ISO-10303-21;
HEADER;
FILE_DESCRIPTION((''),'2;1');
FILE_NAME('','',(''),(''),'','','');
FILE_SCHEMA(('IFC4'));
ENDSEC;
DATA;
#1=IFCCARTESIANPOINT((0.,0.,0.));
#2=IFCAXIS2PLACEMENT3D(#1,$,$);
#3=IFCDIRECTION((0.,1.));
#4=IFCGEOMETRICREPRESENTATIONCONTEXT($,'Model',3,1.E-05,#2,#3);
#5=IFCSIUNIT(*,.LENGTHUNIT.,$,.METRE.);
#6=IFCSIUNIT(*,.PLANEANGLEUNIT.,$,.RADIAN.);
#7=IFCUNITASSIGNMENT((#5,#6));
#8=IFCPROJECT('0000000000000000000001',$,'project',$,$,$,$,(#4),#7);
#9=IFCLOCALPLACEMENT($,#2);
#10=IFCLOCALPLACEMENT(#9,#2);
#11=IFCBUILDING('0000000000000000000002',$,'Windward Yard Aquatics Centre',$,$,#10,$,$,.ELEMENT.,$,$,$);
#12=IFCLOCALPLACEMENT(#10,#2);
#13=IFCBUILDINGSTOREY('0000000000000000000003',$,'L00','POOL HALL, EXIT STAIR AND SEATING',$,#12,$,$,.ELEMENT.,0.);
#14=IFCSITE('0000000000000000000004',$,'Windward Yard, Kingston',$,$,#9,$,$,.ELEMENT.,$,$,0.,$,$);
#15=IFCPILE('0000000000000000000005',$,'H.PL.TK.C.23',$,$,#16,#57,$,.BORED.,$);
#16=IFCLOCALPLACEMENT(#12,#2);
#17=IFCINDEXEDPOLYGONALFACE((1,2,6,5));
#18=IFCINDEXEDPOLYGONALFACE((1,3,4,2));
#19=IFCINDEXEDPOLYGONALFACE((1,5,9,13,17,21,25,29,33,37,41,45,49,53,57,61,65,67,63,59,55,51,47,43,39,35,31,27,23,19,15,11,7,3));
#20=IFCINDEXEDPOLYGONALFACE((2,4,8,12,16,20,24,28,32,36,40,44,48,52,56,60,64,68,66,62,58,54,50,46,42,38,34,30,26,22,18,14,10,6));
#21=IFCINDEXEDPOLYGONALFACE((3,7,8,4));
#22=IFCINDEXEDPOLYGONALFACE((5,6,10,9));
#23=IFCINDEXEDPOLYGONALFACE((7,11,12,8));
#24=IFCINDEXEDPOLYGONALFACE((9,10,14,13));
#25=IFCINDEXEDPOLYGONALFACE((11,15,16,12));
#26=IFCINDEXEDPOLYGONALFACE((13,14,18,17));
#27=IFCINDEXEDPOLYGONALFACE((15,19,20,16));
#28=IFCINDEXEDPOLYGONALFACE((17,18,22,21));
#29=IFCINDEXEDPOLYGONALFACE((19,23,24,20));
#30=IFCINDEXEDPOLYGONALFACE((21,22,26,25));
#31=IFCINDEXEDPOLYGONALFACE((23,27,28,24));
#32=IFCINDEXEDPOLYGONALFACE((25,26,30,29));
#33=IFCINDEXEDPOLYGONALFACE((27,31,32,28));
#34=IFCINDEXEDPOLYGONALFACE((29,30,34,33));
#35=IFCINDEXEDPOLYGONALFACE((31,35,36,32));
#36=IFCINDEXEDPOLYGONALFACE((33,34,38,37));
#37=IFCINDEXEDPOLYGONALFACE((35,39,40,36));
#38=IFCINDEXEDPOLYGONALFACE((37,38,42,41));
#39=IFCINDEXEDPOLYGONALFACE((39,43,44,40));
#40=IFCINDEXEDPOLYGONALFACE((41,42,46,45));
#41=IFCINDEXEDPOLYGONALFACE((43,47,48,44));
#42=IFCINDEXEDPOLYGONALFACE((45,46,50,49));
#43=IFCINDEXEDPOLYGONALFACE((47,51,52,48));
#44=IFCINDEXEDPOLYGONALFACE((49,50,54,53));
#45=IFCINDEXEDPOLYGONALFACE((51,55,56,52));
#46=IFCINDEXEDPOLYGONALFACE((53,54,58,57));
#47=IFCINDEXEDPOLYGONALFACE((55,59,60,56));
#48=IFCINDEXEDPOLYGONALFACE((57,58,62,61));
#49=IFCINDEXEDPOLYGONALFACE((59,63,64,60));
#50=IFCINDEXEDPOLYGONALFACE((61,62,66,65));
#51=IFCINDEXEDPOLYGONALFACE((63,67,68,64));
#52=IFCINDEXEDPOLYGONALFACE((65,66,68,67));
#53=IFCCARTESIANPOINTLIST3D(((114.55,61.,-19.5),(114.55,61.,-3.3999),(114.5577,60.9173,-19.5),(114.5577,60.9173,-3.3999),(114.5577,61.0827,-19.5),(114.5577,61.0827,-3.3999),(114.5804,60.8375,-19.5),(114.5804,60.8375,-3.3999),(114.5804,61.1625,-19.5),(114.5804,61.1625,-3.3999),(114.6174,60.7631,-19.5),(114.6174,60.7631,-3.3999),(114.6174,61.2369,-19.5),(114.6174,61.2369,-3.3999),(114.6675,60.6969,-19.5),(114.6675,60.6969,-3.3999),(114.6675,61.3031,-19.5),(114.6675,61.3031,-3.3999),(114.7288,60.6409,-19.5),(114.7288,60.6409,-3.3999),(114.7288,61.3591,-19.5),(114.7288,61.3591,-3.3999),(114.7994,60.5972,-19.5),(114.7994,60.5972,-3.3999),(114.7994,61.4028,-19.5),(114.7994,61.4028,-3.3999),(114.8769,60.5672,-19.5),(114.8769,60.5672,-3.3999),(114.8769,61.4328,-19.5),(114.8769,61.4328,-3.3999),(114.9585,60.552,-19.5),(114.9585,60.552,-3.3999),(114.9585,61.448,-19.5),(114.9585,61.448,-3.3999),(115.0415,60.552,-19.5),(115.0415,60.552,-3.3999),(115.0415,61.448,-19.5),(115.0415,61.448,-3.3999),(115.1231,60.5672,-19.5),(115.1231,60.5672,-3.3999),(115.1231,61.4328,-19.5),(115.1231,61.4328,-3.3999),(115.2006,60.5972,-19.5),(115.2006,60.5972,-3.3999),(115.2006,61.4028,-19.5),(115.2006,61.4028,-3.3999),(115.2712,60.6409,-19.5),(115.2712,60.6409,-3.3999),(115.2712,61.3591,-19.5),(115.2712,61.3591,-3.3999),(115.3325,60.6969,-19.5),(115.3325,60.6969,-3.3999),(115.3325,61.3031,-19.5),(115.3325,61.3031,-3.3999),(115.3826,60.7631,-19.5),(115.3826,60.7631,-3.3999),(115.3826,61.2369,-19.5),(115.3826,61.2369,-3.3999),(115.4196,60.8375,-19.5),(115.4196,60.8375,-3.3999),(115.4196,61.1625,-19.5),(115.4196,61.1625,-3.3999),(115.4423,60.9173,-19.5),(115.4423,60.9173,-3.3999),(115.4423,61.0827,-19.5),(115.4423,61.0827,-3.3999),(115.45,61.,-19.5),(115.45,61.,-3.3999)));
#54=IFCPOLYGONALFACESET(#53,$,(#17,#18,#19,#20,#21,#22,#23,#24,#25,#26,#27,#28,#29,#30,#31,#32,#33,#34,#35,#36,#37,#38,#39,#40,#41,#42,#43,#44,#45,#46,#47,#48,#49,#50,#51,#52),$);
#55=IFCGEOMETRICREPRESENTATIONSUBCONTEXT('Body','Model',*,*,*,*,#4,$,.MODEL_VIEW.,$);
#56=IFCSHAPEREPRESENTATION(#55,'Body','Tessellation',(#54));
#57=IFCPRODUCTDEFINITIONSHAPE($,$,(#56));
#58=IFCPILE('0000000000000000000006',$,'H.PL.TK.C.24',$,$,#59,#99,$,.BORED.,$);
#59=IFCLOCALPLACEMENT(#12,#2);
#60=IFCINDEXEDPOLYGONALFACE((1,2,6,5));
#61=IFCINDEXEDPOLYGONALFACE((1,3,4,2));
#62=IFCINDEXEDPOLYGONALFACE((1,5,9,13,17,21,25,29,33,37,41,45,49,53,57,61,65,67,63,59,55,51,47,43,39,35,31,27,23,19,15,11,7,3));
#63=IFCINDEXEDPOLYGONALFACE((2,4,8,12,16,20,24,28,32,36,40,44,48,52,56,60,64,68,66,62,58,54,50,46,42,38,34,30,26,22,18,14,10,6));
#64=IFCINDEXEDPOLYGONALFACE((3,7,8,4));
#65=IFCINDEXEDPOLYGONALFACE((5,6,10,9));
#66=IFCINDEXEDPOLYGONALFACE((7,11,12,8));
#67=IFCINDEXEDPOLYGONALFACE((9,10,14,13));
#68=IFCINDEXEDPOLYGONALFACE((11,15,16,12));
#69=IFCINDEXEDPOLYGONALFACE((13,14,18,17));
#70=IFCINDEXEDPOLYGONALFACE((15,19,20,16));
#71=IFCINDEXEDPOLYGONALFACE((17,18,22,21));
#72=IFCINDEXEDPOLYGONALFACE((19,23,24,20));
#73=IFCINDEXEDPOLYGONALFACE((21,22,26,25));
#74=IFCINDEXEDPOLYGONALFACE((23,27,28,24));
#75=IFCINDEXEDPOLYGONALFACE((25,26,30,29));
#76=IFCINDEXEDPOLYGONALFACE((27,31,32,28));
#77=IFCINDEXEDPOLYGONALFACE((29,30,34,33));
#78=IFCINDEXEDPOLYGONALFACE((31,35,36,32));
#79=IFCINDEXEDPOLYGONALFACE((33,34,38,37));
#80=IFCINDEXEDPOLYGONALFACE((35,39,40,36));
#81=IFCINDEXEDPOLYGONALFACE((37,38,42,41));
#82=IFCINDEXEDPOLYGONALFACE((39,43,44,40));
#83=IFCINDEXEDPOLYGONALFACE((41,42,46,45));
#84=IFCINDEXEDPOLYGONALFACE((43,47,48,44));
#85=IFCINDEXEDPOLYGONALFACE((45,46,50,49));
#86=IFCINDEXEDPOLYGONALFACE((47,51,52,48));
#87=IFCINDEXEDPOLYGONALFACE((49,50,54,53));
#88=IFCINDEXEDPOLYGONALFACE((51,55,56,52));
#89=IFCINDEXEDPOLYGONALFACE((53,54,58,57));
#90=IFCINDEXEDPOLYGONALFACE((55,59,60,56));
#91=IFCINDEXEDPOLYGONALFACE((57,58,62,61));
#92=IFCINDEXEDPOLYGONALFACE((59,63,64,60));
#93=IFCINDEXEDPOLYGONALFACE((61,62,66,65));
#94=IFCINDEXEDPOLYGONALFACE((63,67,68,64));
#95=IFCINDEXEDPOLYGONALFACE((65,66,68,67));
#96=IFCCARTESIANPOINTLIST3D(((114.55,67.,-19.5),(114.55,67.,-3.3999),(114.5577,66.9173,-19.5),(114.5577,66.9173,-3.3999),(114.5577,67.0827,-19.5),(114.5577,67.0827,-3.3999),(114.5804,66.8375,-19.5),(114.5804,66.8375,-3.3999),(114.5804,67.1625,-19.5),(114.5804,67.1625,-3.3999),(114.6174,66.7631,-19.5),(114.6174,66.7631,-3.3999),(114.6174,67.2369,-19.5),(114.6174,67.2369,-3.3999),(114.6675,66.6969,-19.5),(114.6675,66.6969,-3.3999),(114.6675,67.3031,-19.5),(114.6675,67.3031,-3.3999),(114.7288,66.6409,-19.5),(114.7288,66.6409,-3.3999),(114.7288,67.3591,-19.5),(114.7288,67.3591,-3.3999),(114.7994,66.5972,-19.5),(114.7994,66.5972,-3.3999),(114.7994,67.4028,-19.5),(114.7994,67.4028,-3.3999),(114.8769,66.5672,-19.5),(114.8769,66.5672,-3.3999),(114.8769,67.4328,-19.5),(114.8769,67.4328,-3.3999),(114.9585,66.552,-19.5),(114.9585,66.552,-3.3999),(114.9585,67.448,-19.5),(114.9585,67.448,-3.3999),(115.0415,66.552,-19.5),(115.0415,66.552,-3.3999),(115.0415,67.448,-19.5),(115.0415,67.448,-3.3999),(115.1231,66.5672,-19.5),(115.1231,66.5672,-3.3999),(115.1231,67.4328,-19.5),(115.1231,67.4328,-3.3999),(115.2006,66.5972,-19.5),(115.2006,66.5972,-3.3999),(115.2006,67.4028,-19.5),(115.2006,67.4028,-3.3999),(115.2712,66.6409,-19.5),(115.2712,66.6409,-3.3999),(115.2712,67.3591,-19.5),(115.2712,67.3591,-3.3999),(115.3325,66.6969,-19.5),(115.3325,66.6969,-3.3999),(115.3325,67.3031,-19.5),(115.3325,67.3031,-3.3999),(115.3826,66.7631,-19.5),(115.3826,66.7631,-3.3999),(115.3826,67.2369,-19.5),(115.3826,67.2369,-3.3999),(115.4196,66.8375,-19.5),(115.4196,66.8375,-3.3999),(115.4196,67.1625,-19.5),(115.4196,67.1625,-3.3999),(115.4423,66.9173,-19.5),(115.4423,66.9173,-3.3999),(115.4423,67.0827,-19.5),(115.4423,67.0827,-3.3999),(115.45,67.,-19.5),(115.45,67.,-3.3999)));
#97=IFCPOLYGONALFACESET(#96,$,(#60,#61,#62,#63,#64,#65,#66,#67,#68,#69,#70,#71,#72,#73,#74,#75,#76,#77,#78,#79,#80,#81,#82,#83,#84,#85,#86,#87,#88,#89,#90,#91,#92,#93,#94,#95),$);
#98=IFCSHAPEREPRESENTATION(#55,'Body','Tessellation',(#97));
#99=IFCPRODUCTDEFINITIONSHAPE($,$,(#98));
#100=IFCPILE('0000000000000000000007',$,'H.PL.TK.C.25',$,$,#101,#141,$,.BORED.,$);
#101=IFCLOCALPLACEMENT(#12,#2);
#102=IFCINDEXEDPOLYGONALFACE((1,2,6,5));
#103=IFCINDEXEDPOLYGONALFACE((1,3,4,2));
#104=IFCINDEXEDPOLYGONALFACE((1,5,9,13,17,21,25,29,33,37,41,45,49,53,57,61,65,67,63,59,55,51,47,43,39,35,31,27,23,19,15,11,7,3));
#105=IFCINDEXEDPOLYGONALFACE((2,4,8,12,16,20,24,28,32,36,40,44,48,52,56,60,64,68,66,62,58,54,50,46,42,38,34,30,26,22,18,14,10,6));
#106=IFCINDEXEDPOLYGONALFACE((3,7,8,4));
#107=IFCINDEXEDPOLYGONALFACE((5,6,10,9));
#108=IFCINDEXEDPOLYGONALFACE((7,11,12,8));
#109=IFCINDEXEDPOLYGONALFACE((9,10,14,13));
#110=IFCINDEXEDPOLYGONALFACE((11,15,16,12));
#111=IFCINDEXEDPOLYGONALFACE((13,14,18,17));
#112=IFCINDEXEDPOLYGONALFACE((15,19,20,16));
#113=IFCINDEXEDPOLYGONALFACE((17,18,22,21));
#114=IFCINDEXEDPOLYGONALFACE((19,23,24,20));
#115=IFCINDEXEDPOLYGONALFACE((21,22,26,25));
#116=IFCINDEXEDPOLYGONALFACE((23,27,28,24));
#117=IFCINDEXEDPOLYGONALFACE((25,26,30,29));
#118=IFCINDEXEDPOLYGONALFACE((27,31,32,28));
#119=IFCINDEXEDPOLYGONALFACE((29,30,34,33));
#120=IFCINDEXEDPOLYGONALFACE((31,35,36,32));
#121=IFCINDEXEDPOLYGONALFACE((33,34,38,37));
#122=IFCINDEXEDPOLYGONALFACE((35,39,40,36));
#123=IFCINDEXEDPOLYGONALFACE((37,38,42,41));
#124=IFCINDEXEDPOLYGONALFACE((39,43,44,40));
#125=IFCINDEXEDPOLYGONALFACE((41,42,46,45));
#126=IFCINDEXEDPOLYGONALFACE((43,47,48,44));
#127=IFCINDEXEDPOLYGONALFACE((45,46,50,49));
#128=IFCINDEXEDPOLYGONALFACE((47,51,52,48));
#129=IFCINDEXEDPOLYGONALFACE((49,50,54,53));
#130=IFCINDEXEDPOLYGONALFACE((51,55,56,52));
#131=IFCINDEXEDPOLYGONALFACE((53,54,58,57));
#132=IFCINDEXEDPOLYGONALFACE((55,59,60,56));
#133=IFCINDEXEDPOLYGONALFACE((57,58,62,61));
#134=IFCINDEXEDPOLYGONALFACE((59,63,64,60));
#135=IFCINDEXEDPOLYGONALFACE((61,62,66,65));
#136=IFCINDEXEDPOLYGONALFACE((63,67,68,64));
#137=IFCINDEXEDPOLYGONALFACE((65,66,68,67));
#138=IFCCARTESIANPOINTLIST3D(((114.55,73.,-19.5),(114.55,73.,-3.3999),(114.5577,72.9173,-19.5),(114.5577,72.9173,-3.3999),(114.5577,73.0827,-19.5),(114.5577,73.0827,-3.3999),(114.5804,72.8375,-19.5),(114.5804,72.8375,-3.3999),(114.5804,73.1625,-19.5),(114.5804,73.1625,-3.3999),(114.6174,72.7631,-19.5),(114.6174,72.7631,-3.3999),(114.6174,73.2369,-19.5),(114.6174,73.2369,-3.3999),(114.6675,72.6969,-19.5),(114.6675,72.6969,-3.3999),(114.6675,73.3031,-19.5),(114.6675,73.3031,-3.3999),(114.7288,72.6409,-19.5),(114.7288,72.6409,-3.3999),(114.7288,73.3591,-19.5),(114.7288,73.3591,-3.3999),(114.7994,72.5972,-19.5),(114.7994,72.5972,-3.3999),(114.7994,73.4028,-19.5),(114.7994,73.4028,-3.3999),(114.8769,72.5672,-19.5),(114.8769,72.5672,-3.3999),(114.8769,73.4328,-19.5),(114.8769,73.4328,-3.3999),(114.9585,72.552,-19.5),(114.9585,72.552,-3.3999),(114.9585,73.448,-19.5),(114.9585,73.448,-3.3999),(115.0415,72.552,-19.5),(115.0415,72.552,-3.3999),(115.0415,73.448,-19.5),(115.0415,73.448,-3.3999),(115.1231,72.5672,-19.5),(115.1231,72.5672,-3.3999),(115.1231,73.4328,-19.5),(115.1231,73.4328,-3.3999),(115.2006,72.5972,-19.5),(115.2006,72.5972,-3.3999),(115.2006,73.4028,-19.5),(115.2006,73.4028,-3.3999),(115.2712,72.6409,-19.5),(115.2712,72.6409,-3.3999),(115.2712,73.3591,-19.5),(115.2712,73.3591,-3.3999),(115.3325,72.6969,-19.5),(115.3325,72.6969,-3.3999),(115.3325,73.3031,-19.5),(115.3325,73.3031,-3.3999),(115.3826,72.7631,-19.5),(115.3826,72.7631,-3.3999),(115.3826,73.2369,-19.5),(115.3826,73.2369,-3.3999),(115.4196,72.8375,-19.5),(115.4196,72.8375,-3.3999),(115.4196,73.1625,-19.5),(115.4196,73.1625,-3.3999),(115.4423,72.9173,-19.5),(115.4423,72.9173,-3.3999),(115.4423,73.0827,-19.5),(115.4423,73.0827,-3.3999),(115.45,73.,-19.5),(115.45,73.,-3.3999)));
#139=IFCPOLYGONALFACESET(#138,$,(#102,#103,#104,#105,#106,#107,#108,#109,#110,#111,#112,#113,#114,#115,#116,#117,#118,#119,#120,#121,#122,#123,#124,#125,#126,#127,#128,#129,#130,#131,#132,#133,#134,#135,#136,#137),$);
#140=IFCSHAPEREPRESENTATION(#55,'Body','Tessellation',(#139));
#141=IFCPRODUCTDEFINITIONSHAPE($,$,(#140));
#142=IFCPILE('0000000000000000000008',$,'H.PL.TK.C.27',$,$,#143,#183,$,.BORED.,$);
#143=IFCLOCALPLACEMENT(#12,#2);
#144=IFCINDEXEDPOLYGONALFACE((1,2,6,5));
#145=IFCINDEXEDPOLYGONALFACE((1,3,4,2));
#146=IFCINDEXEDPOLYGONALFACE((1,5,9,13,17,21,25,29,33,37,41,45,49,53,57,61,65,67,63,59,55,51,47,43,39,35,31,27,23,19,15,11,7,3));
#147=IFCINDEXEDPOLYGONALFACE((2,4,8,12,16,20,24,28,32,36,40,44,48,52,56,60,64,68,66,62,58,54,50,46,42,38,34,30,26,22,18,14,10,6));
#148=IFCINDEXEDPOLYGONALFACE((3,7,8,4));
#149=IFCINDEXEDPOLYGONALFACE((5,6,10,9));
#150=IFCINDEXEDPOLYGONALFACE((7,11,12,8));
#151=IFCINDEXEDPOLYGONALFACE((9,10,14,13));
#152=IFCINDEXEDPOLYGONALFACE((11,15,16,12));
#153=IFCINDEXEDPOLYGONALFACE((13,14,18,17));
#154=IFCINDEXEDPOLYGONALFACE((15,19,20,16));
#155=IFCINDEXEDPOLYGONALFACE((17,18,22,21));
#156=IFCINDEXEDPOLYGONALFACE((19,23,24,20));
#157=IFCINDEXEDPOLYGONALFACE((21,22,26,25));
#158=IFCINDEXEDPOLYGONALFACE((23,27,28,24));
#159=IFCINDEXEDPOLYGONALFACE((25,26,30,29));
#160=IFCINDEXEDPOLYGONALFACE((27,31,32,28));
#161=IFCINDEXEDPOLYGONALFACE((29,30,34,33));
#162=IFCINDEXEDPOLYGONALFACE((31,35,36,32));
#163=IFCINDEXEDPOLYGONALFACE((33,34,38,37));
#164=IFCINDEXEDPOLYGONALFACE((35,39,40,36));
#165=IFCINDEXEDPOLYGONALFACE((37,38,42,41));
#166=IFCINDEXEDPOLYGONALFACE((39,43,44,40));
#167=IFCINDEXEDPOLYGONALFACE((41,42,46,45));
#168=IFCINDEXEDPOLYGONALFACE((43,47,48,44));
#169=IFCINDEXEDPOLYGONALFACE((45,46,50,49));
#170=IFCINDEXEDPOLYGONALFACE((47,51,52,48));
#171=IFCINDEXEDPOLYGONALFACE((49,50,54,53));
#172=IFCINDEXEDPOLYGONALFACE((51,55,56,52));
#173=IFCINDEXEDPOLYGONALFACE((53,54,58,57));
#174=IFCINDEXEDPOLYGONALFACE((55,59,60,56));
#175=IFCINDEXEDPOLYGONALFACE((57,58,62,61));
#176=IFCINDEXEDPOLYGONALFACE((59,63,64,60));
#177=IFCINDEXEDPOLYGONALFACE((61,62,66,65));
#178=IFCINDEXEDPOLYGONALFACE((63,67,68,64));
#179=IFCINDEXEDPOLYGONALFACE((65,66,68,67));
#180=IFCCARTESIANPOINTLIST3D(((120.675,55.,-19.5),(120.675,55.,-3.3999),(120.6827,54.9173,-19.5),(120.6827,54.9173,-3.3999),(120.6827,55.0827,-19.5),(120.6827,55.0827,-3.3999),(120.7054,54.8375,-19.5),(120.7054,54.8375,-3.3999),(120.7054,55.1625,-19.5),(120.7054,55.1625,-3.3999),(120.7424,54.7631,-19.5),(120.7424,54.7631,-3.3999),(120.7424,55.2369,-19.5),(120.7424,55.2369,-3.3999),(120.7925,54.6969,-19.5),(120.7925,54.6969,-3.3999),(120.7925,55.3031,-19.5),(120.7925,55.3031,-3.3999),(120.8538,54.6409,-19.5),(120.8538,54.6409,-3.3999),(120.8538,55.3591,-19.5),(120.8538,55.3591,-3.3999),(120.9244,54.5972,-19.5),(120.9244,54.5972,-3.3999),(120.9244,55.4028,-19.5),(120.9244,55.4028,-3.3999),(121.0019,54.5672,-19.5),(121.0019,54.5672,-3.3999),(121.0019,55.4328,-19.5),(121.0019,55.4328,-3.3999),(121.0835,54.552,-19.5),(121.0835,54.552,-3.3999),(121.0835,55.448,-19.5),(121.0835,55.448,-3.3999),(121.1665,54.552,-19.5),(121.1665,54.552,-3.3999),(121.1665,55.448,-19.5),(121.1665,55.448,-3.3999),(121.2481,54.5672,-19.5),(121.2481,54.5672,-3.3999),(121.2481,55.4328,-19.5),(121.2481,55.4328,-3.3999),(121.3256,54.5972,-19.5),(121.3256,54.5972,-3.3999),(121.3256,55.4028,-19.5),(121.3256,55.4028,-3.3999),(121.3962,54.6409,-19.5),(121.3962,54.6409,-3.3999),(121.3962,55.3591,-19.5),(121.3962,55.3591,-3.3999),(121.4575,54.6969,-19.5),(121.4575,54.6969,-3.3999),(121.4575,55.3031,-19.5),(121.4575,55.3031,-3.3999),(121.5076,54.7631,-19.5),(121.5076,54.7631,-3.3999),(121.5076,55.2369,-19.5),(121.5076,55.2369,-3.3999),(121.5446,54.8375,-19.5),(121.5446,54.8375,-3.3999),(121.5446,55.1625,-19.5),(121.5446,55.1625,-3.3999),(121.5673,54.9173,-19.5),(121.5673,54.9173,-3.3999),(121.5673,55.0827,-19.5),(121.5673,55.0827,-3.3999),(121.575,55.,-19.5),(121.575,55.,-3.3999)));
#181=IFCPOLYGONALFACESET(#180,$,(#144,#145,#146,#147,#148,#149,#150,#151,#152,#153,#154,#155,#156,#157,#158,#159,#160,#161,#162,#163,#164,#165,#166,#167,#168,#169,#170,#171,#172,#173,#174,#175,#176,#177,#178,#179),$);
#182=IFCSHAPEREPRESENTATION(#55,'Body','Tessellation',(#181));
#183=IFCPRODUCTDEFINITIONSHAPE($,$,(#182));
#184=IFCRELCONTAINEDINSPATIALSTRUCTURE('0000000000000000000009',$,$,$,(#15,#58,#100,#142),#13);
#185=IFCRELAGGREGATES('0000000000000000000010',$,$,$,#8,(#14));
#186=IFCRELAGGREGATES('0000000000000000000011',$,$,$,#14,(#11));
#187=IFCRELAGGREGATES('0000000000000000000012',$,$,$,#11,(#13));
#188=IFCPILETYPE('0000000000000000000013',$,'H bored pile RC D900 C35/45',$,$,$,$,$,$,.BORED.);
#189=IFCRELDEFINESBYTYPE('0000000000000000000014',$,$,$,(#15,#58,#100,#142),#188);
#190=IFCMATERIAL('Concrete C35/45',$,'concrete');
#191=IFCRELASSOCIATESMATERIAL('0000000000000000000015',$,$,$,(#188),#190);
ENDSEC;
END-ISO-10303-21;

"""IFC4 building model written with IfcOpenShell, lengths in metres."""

from ifc_helpers import new_model, si_unit, direction, frame, origin, origin_2d, place, context, subcontext, project, spatial, circle, extrude, material, material_profile, profile_set, type_object, element, save


model = new_model("IFC4")

# Units and contexts
model_context = context("Model", 3, precision=1e-05, world=origin(), true_north=direction((0.0, 1.0)))
body_context = subcontext(model_context, "Body", "Model", "MODEL_VIEW")
ifc_project = project(units=[si_unit("LENGTHUNIT", "METRE"), si_unit("PLANEANGLEUNIT", "RADIAN")], contexts=[model_context])

# Site, building, storey
site_placement = place(None, origin())
site = spatial("IfcSite", under=ifc_project, at=site_placement, Name="Windward Yard, Kingston", CompositionType="ELEMENT", RefElevation=0.0)
building_placement = place(site_placement, origin())
building = spatial("IfcBuilding", under=site, at=building_placement, Name="Windward Yard Aquatics Centre", CompositionType="ELEMENT")
storey_placement = place(building_placement, origin())
storey = spatial("IfcBuildingStorey", under=building, at=storey_placement, Name="L00", Description="POOL HALL, EXIT STAIR AND SEATING", CompositionType="ELEMENT", Elevation=0.0)

# Piles
ifc_material_1 = material(Name="Concrete C35/45", Category="concrete")
ifc_material_profile = material_profile(ifc_material_1, circle(Radius=0.45, at=origin_2d()), Name="RC D900")
ifc_profile_set = profile_set([ifc_material_profile], Name="Concrete C35/45")
pile_type = type_object("IfcPileType", Name="H bored pile RC D900 C35/45", PredefinedType="BORED", material=ifc_profile_set)
for number, where, z_axis, x_axis, name in (
    (1, (115.0, 61.0, -3.3999), (0.0, 0.0, -1.0), (1.0, 0.0, 0.0), "H.PL.TK.C.23"),
    (2, (115.0, 67.0, -3.3999), (0.0, 0.0, -1.0), (1.0, 0.0, 0.0), "H.PL.TK.C.24"),
    (3, (115.0, 73.0, -3.3999), (0.0, 0.0, -1.0), (1.0, 0.0, 0.0), "H.PL.TK.C.25"),
    (4, (121.125, 55.0, -3.3999), (0.0, 0.0, -1.0), (1.0, 0.0, 0.0), "H.PL.TK.C.27"),
):
    element("IfcPile", number, at=place(storey_placement, frame(where, z_axis=z_axis, x_axis=x_axis)), inside=storey, type_object=pile_type, Name=name, PredefinedType="BORED", context=body_context, shape_type="SweptSolid", body=[
        extrude(circle(Radius=0.45, at=origin_2d()), origin(), (0.0, 0.0, 1.0), 16.1001),
    ])

save(model, "model.ifc")
